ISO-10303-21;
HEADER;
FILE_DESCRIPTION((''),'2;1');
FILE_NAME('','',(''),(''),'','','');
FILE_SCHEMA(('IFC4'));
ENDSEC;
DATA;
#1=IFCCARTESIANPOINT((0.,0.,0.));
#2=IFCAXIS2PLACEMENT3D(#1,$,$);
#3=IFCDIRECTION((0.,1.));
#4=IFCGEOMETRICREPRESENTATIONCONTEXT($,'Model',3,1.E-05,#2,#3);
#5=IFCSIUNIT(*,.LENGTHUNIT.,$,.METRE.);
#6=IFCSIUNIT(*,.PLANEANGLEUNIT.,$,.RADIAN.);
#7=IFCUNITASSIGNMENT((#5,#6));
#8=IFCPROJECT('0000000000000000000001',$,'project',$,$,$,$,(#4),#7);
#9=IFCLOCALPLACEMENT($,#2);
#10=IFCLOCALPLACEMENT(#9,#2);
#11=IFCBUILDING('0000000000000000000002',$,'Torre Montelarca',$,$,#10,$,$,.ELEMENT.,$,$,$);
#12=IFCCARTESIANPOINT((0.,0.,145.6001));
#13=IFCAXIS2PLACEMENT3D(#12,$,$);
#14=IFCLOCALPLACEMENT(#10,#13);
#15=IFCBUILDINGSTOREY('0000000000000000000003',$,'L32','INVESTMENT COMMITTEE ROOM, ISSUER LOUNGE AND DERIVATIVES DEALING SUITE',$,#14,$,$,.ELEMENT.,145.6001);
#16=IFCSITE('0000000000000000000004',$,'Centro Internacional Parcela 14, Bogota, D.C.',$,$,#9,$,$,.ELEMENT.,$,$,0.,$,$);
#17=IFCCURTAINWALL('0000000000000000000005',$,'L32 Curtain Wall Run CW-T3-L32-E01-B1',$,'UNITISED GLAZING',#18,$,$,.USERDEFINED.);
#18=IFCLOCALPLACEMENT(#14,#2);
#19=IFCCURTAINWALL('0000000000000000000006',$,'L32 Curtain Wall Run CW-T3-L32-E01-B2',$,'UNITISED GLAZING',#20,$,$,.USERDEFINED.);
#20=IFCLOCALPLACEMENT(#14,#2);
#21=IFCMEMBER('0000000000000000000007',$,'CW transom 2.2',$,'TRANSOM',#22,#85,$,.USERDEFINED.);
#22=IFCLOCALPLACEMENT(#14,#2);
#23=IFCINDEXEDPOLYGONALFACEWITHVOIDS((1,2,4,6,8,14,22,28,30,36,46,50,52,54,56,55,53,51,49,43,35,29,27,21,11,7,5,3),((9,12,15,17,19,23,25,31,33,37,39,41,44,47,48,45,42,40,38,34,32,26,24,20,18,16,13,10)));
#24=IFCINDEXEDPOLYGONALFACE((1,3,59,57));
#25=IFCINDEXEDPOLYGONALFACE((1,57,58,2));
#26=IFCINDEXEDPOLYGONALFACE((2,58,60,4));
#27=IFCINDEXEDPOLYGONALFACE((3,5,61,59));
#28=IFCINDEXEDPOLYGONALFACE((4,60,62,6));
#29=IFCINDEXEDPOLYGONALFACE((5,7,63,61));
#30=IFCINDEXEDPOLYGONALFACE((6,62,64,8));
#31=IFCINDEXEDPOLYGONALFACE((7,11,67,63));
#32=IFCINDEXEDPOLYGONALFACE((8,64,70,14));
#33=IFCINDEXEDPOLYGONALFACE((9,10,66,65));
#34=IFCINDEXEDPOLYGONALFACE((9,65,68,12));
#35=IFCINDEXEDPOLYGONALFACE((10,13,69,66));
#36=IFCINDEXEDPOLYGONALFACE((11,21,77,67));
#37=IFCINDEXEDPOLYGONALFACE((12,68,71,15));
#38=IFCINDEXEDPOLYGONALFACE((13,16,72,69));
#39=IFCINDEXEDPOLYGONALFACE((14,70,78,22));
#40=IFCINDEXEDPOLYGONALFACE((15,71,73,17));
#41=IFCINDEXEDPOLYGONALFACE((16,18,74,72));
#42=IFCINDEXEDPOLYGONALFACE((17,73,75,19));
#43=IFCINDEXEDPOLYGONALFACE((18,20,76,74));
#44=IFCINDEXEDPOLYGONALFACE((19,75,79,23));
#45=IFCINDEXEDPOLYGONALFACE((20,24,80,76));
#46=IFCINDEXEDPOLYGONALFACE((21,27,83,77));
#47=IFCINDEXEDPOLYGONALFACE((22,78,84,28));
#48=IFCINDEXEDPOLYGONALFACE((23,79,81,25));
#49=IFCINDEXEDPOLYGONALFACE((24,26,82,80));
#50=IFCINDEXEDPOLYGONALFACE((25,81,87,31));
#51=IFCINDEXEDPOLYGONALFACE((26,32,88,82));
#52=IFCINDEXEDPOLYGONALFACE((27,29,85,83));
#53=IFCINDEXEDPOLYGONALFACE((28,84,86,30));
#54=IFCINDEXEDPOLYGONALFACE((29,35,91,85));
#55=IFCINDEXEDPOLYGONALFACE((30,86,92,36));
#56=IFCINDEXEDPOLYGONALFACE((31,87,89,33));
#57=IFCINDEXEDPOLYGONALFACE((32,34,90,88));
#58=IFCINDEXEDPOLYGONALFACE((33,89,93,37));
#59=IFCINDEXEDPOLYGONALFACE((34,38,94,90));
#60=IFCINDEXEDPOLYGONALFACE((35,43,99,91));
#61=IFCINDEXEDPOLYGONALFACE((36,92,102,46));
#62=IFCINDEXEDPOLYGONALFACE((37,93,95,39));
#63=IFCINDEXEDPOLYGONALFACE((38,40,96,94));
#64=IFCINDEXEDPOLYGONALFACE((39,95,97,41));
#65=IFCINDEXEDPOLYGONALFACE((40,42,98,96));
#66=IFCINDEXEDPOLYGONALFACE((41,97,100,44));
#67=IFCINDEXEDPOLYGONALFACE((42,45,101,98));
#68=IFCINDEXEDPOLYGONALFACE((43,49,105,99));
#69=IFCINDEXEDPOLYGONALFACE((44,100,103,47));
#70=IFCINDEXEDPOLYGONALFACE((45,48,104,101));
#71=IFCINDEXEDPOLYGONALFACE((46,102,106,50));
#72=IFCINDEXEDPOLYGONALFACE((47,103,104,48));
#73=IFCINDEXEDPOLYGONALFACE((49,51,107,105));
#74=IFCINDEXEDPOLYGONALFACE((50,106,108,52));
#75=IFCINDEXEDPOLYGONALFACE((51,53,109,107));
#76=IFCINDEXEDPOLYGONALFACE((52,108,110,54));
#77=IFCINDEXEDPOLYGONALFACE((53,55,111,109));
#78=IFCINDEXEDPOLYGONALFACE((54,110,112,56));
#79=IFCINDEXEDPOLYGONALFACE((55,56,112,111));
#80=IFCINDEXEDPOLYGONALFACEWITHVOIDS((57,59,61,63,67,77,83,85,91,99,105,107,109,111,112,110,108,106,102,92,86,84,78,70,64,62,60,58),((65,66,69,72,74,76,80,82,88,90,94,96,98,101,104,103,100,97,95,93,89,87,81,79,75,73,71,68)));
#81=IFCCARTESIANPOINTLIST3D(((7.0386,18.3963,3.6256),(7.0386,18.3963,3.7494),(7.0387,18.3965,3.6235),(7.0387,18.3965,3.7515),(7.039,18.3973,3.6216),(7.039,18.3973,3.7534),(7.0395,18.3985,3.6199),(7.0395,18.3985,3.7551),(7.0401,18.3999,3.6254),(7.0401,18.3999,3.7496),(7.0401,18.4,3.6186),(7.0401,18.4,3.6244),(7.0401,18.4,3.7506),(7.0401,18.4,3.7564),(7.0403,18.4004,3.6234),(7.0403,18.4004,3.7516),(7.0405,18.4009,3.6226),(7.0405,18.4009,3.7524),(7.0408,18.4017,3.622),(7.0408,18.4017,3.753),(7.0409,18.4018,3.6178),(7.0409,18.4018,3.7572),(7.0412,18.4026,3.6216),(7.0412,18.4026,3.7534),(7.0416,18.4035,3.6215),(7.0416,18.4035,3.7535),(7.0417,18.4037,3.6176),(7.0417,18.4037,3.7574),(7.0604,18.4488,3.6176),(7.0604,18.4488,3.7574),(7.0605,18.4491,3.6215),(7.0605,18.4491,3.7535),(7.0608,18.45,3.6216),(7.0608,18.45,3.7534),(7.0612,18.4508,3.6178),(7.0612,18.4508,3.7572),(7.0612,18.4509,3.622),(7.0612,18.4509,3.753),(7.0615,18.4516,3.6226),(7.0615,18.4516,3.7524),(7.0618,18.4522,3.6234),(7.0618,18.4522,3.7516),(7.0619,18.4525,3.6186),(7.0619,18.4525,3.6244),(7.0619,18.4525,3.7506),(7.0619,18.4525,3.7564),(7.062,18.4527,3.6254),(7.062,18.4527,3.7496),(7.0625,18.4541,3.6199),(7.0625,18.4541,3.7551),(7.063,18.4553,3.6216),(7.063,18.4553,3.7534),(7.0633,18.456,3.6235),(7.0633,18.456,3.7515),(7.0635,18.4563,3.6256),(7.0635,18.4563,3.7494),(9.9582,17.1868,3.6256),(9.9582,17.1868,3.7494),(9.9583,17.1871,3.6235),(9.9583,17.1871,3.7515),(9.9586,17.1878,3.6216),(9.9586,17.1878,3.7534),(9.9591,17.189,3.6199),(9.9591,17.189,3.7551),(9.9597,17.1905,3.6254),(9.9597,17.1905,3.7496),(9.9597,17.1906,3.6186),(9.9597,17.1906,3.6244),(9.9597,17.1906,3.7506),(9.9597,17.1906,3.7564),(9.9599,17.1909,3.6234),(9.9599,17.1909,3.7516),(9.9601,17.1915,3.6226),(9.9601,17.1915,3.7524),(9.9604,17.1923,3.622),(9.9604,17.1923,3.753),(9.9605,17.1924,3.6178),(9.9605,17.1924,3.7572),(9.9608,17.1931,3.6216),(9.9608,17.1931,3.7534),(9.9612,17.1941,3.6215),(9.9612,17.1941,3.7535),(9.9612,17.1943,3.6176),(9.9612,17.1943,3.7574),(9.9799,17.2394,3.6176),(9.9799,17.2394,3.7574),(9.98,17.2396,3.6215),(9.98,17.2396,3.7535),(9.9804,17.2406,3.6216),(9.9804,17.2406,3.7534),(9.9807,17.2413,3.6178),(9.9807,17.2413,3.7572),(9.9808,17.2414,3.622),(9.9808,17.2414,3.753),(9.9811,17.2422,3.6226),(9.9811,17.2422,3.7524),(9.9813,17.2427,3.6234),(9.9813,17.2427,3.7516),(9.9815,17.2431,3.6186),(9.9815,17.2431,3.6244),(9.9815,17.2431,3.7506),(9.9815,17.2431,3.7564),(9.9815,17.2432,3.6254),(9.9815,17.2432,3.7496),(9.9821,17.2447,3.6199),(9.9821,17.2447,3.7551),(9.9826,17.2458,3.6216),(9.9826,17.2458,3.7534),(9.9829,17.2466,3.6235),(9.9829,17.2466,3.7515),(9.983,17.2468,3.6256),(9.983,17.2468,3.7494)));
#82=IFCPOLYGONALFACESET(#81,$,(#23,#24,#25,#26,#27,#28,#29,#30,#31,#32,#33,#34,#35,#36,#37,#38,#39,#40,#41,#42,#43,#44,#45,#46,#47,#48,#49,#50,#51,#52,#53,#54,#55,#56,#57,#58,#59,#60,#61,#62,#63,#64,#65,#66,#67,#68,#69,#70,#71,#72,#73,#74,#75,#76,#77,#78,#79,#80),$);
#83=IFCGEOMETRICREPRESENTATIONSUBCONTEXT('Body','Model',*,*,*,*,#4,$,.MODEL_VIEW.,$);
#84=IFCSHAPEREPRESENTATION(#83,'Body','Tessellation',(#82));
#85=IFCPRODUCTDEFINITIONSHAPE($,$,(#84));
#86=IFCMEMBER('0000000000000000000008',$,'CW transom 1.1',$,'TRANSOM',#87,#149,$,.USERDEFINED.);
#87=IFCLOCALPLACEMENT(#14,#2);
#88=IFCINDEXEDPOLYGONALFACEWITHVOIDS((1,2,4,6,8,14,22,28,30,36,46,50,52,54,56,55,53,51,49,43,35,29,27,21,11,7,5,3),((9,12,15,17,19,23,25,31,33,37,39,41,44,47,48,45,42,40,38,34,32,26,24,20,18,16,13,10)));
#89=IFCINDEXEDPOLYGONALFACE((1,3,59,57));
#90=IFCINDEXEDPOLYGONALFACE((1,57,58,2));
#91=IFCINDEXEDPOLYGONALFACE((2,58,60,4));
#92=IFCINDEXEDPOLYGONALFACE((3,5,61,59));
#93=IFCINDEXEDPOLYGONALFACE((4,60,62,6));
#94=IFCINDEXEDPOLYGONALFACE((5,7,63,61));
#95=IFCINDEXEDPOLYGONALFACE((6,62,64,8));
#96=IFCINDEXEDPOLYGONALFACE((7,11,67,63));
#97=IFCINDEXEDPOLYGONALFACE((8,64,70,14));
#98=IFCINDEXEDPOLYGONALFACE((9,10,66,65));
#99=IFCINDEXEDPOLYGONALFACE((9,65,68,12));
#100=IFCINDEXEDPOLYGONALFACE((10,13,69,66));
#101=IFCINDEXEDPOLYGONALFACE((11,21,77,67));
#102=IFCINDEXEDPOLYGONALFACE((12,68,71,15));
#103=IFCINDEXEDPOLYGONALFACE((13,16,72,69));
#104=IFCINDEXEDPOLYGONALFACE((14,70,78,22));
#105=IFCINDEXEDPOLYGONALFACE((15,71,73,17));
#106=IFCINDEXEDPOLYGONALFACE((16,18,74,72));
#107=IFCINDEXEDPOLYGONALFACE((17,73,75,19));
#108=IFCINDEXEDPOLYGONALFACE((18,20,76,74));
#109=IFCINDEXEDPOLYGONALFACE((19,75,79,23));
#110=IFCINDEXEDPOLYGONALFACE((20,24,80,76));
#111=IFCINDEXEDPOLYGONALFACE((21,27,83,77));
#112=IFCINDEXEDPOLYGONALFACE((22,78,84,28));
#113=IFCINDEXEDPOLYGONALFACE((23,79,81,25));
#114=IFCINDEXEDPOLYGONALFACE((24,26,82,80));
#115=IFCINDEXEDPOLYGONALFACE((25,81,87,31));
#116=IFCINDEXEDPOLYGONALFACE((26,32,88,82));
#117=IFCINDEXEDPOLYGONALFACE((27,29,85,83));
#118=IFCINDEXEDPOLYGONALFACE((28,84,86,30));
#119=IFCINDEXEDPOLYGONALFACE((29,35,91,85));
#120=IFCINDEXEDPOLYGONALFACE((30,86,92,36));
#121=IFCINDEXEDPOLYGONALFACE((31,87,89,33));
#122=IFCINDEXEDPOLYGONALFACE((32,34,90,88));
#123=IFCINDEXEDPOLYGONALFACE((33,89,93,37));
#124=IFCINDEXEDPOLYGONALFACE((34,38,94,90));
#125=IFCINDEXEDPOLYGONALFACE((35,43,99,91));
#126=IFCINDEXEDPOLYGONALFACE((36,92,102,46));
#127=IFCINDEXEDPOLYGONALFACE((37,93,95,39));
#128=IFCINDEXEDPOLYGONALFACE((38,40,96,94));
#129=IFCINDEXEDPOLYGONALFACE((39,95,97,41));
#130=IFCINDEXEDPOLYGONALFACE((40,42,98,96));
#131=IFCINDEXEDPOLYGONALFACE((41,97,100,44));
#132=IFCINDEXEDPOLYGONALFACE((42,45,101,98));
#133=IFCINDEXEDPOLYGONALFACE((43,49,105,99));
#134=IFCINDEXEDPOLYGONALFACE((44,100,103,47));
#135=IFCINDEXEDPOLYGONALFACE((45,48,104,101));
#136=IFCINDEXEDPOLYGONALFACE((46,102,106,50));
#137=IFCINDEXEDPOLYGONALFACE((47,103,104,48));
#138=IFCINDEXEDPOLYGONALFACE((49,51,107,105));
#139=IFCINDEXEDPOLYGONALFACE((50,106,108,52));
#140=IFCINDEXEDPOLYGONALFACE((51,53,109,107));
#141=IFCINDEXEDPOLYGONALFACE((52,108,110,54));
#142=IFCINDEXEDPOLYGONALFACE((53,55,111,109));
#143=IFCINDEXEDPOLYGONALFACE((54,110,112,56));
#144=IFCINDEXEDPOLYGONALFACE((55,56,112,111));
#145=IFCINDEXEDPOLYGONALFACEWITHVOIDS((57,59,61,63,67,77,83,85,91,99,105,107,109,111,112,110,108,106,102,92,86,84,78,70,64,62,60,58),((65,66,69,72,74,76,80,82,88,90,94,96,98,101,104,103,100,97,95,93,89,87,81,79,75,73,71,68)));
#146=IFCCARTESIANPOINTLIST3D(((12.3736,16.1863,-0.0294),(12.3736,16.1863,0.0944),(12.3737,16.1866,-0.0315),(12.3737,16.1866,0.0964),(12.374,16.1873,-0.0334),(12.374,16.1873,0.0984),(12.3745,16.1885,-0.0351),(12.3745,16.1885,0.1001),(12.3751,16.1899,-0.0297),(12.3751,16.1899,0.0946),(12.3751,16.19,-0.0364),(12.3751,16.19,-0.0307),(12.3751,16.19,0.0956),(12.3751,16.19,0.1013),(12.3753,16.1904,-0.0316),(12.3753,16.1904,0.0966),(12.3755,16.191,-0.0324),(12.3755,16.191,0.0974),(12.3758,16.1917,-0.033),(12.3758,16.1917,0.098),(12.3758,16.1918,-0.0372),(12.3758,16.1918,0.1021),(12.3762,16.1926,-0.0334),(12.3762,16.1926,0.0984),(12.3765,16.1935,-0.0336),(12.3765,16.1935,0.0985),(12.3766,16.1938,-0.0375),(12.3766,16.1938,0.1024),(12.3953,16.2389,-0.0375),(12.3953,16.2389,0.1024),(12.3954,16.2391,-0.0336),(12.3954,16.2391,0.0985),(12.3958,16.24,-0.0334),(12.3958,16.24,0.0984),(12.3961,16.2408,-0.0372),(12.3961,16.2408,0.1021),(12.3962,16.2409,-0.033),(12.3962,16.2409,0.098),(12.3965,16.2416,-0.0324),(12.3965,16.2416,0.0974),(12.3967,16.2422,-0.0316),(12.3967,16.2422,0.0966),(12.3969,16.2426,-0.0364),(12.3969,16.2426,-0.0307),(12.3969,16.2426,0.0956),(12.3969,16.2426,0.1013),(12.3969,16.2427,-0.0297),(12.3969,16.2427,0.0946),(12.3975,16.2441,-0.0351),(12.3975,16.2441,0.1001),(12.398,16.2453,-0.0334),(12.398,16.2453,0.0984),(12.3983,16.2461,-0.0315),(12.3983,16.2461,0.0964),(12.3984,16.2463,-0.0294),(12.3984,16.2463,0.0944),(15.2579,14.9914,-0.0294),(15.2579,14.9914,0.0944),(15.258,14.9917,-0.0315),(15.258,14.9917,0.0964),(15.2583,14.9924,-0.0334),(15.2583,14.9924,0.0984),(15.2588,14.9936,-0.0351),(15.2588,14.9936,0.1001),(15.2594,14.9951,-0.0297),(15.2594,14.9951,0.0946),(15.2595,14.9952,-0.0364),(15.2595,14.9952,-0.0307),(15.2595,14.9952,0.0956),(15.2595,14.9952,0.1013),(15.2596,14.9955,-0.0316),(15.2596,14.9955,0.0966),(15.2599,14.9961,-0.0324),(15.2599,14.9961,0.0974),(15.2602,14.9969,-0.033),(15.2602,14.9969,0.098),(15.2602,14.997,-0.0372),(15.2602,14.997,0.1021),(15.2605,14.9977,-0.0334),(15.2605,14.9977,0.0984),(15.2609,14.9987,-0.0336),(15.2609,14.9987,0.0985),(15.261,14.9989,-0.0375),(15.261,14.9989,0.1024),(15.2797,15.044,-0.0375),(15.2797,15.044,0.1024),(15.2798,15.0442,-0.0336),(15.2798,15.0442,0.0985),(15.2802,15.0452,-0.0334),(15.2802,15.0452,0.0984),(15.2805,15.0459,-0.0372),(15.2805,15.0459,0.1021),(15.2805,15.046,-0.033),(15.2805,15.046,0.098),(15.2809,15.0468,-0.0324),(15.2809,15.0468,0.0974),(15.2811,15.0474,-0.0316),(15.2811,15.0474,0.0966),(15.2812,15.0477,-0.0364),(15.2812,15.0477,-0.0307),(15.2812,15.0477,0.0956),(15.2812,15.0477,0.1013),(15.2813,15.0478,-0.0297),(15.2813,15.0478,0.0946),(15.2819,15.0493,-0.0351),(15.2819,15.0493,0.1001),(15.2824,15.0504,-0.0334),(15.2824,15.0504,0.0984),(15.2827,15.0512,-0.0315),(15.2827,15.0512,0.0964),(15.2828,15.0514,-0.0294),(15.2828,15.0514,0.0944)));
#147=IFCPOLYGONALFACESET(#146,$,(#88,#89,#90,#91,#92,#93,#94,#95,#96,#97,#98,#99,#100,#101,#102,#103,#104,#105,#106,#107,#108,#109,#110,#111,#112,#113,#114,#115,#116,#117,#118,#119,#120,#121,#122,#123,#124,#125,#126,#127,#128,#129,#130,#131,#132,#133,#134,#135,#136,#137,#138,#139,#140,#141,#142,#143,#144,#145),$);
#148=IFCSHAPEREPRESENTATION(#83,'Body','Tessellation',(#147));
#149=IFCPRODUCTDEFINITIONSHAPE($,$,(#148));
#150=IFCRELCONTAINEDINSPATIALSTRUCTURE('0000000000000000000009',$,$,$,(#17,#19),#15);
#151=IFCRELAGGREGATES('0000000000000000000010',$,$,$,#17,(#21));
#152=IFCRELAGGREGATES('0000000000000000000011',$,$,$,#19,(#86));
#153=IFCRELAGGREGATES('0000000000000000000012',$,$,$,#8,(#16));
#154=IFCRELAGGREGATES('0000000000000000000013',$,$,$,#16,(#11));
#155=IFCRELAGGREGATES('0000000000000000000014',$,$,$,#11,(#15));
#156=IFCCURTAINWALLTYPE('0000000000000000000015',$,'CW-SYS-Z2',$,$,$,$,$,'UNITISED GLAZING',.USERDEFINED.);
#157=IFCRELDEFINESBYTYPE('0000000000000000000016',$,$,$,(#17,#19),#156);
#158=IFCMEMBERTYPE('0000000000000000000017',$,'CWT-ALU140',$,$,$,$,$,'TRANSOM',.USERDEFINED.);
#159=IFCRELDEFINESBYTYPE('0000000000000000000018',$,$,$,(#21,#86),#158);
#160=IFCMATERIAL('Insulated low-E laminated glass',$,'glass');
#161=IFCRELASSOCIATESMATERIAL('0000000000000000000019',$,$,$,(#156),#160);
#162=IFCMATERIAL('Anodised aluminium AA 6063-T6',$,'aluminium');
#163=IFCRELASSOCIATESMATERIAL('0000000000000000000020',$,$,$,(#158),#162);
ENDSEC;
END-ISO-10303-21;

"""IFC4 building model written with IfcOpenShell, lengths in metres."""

from ifc_helpers import new_model, si_unit, direction, frame, origin, origin_2d, place, context, subcontext, project, spatial, hollow_rectangle, extrude, source, transform, mapped, material, material_profile, profile_set, type_object, element, aggregate, save


model = new_model("IFC4")

# Units and contexts
model_context = context("Model", 3, precision=1e-05, world=origin(), true_north=direction((0.0, 1.0)))
body_context = subcontext(model_context, "Body", "Model", "MODEL_VIEW")
ifc_project = project(units=[si_unit("LENGTHUNIT", "METRE"), si_unit("PLANEANGLEUNIT", "RADIAN")], contexts=[model_context])

# Site, building, storey
site_placement = place(None, origin())
site = spatial("IfcSite", under=ifc_project, at=site_placement, Name="Centro Internacional Parcela 14, Bogota, D.C.", CompositionType="ELEMENT", RefElevation=0.0)
building_placement = place(site_placement, origin())
building = spatial("IfcBuilding", under=site, at=building_placement, Name="Torre Montelarca", CompositionType="ELEMENT")
storey_placement = place(building_placement, frame((0.0, 0.0, 145.6001)))
storey = spatial("IfcBuildingStorey", under=building, at=storey_placement, Name="L32", Description="INVESTMENT COMMITTEE ROOM, ISSUER LOUNGE AND DERIVATIVES DEALING SUITE", CompositionType="ELEMENT", Elevation=145.6001)

# Curtain walls
ifc_material_1 = material(Name="Insulated low-E laminated glass", Category="glass")
curtain_wall_type = type_object("IfcCurtainWallType", Name="CW-SYS-Z2", ElementType="UNITISED GLAZING", PredefinedType="USERDEFINED", material=ifc_material_1)
curtain_wall_1_placement = place(storey_placement, origin())
curtain_wall_1 = element("IfcCurtainWall", 1, at=curtain_wall_1_placement, inside=storey, type_object=curtain_wall_type, Name="L32 Curtain Wall Run CW-T3-L32-E01-B1", ObjectType="UNITISED GLAZING", PredefinedType="USERDEFINED")
ifc_material_2 = material(Name="Anodised aluminium AA 6063-T6", Category="aluminium")
curtain_wall_2_placement = place(storey_placement, origin())
curtain_wall_2 = element("IfcCurtainWall", 2, at=curtain_wall_2_placement, inside=storey, type_object=curtain_wall_type, Name="L32 Curtain Wall Run CW-T3-L32-E01-B2", ObjectType="UNITISED GLAZING", PredefinedType="USERDEFINED")
ifc_material_profile_1 = material_profile(ifc_material_2, hollow_rectangle(XDim=0.0649, YDim=0.1399, WallThickness=0.0039, InnerFilletRadius=0.0039, OuterFilletRadius=0.0081, at=origin_2d()), Name="ALU65X140X4", Category="aluminium")
ifc_profile_set_1 = profile_set([ifc_material_profile_1], Name="Anodised aluminium AA 6063-T6")
member_type_1 = type_object("IfcMemberType", Name="CWT-ALU140", ElementType="TRANSOM", PredefinedType="USERDEFINED", material=ifc_profile_set_1)

# Members
shared_shape_1 = source(origin(), body_context, "Body", "SweptSolid", [
    extrude(hollow_rectangle(XDim=0.0649, YDim=0.1399, WallThickness=0.0039, InnerFilletRadius=0.0039, OuterFilletRadius=0.0081, at=origin_2d()), origin(), (0.0, 0.0, 1.0), 3.1602),
])
member_1_placement = place(storey_placement, frame((7.051, 18.4263, 3.6875), z_axis=(0.923868, -0.382711, 0.0), x_axis=(0.382711, 0.923868, 0.0)))
member_1 = element("IfcMember", 3, at=member_1_placement, type_object=member_type_1, Name="CW transom 2.2", ObjectType="TRANSOM", PredefinedType="USERDEFINED", context=body_context, shape_type="MappedRepresentation", body=[
    mapped(shared_shape_1, transform((0.0, 0.0, 0.0), scale=1.0)),
])
shared_shape_2 = source(origin(), body_context, "Body", "SweptSolid", [
    extrude(hollow_rectangle(XDim=0.0649, YDim=0.1399, WallThickness=0.0039, InnerFilletRadius=0.0039, OuterFilletRadius=0.0081, at=origin_2d()), origin(), (0.0, 0.0, 1.0), 3.1221),
])
member_2_placement = place(storey_placement, frame((12.386, 16.2163, 0.0325), z_axis=(0.923866, -0.382716, 0.0), x_axis=(0.382716, 0.923866, 0.0)))
member_2 = element("IfcMember", 4, at=member_2_placement, type_object=member_type_1, Name="CW transom 1.1", ObjectType="TRANSOM", PredefinedType="USERDEFINED", context=body_context, shape_type="MappedRepresentation", body=[
    mapped(shared_shape_2, transform((0.0, 0.0, 0.0), scale=1.0)),
])

aggregate(curtain_wall_1, [member_1])
aggregate(curtain_wall_2, [member_2])

save(model, "model.ifc")
